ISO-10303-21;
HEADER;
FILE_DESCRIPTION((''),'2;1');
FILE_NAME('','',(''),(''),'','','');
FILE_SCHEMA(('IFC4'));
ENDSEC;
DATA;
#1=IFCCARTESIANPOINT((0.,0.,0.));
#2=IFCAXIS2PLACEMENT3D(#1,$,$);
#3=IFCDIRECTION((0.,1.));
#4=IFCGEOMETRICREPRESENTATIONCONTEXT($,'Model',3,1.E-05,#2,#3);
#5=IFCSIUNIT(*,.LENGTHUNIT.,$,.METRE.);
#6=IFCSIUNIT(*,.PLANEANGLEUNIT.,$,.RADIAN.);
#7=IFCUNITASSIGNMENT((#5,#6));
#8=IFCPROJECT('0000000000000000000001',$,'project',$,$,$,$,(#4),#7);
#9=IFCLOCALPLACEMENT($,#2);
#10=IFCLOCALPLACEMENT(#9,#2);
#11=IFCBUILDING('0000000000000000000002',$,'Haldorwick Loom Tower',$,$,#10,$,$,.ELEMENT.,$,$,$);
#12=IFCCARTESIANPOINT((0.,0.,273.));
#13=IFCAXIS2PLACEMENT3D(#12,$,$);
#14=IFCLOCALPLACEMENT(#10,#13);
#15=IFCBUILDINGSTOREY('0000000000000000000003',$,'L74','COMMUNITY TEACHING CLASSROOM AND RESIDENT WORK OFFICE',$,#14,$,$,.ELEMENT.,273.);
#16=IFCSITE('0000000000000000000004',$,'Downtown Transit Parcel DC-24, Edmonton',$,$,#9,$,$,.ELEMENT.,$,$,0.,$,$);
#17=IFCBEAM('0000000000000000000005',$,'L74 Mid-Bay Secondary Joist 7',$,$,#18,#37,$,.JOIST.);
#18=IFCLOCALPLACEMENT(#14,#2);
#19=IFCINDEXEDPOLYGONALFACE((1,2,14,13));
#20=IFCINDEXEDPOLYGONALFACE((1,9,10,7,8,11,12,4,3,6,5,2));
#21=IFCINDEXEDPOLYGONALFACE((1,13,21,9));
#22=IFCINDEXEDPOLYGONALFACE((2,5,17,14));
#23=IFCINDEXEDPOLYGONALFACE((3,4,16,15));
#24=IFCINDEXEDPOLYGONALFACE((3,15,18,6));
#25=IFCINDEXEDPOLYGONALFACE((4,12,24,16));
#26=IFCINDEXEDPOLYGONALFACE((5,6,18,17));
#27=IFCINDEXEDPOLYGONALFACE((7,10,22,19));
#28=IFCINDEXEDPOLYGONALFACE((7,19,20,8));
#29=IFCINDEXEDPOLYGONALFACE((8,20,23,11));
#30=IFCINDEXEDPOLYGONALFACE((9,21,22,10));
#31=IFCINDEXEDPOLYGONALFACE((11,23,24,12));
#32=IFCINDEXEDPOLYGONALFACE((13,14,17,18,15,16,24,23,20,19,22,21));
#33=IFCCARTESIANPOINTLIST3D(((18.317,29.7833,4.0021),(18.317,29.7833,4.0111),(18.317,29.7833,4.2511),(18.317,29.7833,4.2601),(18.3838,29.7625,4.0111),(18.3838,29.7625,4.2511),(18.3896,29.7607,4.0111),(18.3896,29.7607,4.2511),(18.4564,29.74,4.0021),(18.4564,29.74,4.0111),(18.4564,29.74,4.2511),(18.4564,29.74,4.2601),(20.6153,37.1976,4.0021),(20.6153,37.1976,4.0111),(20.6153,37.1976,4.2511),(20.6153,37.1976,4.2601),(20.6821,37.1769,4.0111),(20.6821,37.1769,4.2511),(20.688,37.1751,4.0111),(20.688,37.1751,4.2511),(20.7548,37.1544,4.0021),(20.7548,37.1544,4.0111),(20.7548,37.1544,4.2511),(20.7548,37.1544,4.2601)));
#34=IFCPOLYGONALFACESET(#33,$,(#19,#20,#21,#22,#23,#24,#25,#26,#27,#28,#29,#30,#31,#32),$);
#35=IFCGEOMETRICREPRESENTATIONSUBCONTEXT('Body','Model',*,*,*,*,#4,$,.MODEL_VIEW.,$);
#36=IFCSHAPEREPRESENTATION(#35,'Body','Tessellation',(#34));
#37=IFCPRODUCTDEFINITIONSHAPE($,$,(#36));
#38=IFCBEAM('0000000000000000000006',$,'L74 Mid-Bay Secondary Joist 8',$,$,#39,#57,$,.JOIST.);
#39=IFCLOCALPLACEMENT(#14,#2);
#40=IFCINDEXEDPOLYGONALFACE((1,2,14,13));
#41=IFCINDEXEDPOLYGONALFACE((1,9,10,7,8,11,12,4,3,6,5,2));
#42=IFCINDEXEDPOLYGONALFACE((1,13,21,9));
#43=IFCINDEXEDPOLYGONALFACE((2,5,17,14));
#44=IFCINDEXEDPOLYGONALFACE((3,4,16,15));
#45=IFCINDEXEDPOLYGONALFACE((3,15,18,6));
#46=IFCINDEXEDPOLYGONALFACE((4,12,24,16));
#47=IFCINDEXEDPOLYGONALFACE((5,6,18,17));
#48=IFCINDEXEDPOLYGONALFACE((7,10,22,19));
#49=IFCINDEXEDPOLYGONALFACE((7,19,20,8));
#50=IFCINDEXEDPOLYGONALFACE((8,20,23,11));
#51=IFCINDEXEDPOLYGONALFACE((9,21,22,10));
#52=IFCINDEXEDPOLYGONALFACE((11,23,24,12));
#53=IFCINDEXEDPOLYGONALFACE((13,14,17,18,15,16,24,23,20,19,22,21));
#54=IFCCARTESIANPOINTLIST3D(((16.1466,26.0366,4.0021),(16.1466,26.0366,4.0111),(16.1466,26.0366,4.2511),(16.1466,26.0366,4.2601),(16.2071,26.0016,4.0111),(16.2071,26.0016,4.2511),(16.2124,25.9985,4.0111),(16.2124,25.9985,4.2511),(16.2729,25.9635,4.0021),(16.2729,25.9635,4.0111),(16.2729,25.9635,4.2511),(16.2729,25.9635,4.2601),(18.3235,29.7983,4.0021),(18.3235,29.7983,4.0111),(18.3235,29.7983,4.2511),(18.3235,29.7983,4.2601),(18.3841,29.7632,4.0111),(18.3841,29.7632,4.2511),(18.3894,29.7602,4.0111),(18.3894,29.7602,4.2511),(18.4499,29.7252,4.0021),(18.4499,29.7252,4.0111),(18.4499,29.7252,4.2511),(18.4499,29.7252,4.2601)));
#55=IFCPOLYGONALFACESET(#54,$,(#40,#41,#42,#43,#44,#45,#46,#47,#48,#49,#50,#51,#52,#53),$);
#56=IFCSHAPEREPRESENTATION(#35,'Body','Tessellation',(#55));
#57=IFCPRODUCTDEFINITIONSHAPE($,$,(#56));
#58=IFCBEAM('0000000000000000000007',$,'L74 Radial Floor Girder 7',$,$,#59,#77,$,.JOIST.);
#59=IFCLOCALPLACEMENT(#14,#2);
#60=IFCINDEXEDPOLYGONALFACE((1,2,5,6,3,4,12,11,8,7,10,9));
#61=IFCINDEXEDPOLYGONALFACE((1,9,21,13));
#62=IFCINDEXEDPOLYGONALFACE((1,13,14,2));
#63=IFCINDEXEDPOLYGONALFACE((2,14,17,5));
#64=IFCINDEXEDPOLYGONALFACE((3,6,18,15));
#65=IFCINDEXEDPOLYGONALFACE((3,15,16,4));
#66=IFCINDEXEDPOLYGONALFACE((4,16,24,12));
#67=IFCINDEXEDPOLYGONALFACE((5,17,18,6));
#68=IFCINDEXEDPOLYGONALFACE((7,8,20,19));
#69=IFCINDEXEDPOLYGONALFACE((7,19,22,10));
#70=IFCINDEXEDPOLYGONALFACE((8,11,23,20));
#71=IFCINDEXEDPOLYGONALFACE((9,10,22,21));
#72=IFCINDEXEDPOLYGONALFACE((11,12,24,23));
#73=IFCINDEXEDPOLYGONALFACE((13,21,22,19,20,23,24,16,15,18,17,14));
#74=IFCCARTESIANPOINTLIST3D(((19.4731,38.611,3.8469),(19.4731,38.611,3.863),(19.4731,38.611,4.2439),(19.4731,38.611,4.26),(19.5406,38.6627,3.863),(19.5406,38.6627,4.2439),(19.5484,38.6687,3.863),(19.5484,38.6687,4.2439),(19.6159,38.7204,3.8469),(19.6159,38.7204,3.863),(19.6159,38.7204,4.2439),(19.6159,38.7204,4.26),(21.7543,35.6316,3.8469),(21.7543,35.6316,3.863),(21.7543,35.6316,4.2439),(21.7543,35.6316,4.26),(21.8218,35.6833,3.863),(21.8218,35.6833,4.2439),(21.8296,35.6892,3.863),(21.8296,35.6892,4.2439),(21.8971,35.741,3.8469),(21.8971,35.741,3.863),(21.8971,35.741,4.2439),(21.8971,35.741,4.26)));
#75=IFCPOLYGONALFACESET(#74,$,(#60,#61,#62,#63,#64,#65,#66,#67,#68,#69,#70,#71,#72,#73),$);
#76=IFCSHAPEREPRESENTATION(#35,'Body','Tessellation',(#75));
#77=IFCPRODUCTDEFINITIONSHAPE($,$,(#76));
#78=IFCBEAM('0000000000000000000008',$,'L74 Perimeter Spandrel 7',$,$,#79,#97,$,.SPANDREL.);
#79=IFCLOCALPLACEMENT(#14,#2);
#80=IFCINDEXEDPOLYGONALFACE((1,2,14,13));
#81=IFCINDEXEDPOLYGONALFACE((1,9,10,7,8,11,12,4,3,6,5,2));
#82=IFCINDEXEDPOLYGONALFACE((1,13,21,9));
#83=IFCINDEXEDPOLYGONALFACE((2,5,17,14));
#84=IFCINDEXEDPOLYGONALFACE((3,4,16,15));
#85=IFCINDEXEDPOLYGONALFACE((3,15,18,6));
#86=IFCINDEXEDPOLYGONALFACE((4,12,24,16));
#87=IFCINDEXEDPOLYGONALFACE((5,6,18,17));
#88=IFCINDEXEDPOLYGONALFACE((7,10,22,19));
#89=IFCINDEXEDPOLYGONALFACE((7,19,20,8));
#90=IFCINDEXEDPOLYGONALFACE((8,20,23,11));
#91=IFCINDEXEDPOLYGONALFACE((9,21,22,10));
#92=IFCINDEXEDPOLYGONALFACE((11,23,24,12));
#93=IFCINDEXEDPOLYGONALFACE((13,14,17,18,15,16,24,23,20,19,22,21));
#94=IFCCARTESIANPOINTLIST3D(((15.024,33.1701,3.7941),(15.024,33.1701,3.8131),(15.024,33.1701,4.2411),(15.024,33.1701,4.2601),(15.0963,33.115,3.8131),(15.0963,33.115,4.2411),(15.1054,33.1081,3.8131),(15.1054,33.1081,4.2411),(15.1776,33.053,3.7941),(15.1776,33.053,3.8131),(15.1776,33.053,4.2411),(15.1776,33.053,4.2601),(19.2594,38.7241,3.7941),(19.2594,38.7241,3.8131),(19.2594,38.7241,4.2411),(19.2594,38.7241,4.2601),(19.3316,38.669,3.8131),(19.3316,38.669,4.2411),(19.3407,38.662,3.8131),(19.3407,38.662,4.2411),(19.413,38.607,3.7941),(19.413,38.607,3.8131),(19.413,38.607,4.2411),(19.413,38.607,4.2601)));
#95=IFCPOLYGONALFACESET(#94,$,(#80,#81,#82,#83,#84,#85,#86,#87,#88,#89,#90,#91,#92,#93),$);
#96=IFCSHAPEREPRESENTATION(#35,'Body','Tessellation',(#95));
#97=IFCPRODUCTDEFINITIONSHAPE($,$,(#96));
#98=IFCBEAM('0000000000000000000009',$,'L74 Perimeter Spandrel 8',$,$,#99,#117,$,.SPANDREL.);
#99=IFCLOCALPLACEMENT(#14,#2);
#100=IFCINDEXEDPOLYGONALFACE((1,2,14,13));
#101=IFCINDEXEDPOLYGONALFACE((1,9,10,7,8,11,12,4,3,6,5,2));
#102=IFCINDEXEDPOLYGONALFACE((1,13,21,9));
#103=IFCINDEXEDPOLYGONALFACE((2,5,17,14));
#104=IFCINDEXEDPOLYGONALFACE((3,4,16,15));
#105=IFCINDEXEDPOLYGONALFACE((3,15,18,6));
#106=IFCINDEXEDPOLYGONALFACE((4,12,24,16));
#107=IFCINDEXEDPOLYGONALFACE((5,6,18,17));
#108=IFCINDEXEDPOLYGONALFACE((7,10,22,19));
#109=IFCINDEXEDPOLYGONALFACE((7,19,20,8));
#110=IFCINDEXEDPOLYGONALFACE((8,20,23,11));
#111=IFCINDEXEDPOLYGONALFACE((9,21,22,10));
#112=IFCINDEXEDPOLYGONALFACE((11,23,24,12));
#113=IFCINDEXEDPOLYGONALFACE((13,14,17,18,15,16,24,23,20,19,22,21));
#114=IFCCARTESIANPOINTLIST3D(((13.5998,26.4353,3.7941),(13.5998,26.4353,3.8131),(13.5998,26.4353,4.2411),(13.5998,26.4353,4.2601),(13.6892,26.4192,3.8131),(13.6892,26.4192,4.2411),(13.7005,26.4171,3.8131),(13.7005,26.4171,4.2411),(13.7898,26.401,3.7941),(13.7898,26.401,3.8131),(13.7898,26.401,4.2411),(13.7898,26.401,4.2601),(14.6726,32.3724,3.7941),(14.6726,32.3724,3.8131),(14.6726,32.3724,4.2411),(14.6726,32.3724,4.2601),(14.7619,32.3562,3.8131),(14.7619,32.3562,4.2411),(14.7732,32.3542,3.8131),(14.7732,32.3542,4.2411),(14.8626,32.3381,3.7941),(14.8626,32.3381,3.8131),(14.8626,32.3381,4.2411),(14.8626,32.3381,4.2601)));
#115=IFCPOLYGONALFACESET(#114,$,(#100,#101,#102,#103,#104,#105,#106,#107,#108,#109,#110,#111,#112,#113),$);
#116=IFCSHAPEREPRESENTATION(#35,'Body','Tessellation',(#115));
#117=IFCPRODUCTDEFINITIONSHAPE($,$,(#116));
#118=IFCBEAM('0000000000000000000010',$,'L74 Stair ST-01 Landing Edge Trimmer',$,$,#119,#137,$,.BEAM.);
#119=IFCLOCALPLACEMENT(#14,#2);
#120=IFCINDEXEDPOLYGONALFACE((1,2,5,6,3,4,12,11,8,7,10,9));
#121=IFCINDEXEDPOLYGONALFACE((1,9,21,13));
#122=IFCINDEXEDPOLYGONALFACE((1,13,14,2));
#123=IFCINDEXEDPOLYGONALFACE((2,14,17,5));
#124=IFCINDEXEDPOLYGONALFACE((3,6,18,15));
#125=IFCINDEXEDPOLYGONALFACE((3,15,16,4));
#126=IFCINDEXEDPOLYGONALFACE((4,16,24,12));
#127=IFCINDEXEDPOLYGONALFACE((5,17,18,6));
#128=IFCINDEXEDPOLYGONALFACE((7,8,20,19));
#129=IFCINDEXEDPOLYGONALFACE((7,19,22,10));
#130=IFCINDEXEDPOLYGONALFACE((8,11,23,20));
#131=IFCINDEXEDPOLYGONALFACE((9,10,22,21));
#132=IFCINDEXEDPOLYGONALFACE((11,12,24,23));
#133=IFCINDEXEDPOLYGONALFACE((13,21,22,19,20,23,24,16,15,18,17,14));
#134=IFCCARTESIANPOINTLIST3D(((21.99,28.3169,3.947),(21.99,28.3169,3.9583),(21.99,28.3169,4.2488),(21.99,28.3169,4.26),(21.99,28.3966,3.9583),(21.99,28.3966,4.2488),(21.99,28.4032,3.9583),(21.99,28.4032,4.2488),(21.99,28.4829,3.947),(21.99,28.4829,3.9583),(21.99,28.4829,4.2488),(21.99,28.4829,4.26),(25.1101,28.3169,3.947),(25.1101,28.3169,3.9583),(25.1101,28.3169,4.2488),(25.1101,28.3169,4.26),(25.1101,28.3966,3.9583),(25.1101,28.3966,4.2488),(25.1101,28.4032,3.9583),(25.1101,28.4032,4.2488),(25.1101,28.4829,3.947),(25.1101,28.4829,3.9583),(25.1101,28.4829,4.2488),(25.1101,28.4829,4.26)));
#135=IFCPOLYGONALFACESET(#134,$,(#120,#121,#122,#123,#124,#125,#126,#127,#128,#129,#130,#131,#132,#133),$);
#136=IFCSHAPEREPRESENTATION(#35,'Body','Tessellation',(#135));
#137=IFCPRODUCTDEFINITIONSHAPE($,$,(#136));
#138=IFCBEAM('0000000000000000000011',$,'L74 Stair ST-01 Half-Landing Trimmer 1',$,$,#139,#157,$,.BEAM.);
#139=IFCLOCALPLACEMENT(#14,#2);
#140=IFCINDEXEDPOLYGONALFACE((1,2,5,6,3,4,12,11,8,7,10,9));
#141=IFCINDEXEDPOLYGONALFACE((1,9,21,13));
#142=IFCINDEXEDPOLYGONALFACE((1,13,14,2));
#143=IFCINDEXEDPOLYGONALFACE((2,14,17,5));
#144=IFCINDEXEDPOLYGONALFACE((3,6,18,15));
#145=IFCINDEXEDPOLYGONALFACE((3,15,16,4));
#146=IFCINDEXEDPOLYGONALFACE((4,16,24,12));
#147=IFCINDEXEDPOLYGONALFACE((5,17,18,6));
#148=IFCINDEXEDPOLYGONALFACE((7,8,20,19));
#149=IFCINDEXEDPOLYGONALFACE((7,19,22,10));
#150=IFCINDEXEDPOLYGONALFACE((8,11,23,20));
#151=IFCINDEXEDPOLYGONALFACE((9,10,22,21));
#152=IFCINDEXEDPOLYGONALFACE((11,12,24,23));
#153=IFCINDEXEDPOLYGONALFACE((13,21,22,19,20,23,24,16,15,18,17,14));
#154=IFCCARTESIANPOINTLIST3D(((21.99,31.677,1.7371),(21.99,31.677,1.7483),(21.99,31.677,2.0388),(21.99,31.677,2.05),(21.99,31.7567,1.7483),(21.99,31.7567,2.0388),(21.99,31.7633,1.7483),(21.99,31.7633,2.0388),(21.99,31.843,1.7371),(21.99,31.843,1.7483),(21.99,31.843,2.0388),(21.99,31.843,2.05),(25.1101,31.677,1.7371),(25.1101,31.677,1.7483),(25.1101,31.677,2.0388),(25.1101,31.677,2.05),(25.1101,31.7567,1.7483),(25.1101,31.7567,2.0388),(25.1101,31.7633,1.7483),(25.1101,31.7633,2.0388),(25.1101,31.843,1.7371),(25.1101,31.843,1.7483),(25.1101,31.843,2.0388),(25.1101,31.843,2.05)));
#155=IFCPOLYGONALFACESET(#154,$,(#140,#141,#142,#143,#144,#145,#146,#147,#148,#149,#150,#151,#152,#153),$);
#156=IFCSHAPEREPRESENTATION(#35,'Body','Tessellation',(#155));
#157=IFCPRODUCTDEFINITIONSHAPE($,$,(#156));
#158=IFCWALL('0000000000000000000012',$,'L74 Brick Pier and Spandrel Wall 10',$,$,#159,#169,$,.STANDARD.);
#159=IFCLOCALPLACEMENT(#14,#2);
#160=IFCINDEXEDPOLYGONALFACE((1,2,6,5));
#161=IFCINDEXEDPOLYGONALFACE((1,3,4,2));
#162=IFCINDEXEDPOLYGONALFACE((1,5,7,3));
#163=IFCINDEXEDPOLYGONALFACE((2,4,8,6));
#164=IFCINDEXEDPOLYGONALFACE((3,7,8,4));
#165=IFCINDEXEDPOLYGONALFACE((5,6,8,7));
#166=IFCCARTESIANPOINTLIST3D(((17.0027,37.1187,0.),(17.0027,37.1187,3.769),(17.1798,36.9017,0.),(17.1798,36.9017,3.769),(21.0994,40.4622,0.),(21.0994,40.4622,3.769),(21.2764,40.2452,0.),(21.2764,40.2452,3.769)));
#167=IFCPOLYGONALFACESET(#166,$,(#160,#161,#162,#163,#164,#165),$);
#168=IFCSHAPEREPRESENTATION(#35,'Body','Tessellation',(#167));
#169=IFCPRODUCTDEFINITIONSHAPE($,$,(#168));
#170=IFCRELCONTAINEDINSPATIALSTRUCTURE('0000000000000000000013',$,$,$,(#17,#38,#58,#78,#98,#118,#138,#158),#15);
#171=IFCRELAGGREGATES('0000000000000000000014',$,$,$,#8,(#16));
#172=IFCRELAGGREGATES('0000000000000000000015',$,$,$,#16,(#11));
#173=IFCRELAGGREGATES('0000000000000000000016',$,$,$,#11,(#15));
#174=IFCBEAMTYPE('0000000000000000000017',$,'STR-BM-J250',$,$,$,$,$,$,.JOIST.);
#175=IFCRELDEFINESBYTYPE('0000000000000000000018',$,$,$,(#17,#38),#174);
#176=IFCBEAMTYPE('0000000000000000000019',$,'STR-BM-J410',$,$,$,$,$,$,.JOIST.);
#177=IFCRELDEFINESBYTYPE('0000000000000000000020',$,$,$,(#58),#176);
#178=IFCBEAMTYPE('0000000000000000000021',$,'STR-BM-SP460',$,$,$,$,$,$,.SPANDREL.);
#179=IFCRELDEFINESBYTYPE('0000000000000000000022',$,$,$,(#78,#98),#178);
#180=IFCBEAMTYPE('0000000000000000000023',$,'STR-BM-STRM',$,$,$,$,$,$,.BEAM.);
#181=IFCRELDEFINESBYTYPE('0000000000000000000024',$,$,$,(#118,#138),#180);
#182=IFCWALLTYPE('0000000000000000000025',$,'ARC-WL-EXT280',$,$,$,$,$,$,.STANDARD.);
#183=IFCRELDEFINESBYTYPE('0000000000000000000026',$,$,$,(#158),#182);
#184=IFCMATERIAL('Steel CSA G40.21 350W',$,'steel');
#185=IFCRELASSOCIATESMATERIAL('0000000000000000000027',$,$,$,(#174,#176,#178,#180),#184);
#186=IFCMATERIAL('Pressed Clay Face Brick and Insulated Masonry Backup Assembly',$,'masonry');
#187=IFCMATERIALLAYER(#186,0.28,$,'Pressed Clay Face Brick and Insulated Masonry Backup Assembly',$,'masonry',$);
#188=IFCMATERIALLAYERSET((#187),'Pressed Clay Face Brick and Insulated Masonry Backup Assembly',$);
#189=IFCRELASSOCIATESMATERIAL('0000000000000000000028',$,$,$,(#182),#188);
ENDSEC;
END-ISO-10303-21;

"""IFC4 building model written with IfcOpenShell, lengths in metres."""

from ifc_helpers import new_model, si_unit, direction, frame, frame_2d, origin, origin_2d, place, context, subcontext, project, spatial, rectangle, i_section, extrude, material, layer, layer_set, material_profile, profile_set, type_object, element, save


model = new_model("IFC4")

# Units and contexts
model_context = context("Model", 3, precision=1e-05, world=origin(), true_north=direction((0.0, 1.0)))
body_context = subcontext(model_context, "Body", "Model", "MODEL_VIEW")
ifc_project = project(units=[si_unit("LENGTHUNIT", "METRE"), si_unit("PLANEANGLEUNIT", "RADIAN")], contexts=[model_context])

# Site, building, storey
site_placement = place(None, origin())
site = spatial("IfcSite", under=ifc_project, at=site_placement, Name="Downtown Transit Parcel DC-24, Edmonton", CompositionType="ELEMENT", RefElevation=0.0)
building_placement = place(site_placement, origin())
building = spatial("IfcBuilding", under=site, at=building_placement, Name="Haldorwick Loom Tower", CompositionType="ELEMENT")
storey_placement = place(building_placement, frame((0.0, 0.0, 273.0)))
storey = spatial("IfcBuildingStorey", under=building, at=storey_placement, Name="L74", Description="COMMUNITY TEACHING CLASSROOM AND RESIDENT WORK OFFICE", CompositionType="ELEMENT", Elevation=273.0)

# Shared definitions
ifc_material_1 = material(Name="Steel CSA G40.21 350W", Category="steel")

# Beams
ifc_material_profile_1 = material_profile(ifc_material_1, i_section(OverallWidth=0.146, OverallDepth=0.2581, WebThickness=0.0061, FlangeThickness=0.009, at=origin_2d()), Name="W250X33", Category="steel")
ifc_profile_set_1 = profile_set([ifc_material_profile_1], Name="Steel CSA G40.21 350W")
beam_type_1 = type_object("IfcBeamType", Name="STR-BM-J250", PredefinedType="JOIST", material=ifc_profile_set_1)
beam_1_placement = place(storey_placement, frame((20.6851, 37.176, 4.1311), z_axis=(-0.296088, -0.955161, 0.0), x_axis=(0.955161, -0.296088, 0.0)))
element("IfcBeam", 1, at=beam_1_placement, inside=storey, type_object=beam_type_1, Name="L74 Mid-Bay Secondary Joist 7", PredefinedType="JOIST", context=body_context, shape_type="SweptSolid", body=[
    extrude(i_section(OverallWidth=0.146, OverallDepth=0.2581, WebThickness=0.0061, FlangeThickness=0.009, at=origin_2d()), origin(), (0.0, 0.0, 1.0), 7.7625),
])
beam_2_placement = place(storey_placement, frame((18.3867, 29.7617, 4.1311), z_axis=(-0.500892, -0.86551, 0.0), x_axis=(0.86551, -0.500892, 0.0)))
element("IfcBeam", 2, at=beam_2_placement, inside=storey, type_object=beam_type_1, Name="L74 Mid-Bay Secondary Joist 8", PredefinedType="JOIST", context=body_context, shape_type="SweptSolid", body=[
    extrude(i_section(OverallWidth=0.146, OverallDepth=0.2581, WebThickness=0.0061, FlangeThickness=0.009, at=origin_2d()), origin(), (0.0, 0.0, 1.0), 4.3462),
])
ifc_material_profile_2 = material_profile(ifc_material_1, i_section(OverallWidth=0.1799, OverallDepth=0.4131, WebThickness=0.0098, FlangeThickness=0.0161, at=origin_2d()), Name="W410X74", Category="steel")
ifc_profile_set_2 = profile_set([ifc_material_profile_2], Name="Steel CSA G40.21 350W")
beam_type_2 = type_object("IfcBeamType", Name="STR-BM-J410", PredefinedType="JOIST", material=ifc_profile_set_2)
beam_3_placement = place(storey_placement, frame((21.8257, 35.6863, 4.0535), z_axis=(-0.607923, 0.793996, 0.0), x_axis=(-0.793996, -0.607923, 0.0)))
element("IfcBeam", 3, at=beam_3_placement, inside=storey, type_object=beam_type_2, Name="L74 Radial Floor Girder 7", PredefinedType="JOIST", context=body_context, shape_type="SweptSolid", body=[
    extrude(i_section(OverallWidth=0.1799, OverallDepth=0.4131, WebThickness=0.0098, FlangeThickness=0.0161, at=origin_2d()), origin(), (0.0, 0.0, 1.0), 3.7524),
])
ifc_material_profile_3 = material_profile(ifc_material_1, i_section(OverallWidth=0.1931, OverallDepth=0.4661, WebThickness=0.0115, FlangeThickness=0.019, at=origin_2d()), Name="W460X97", Category="steel")
ifc_profile_set_3 = profile_set([ifc_material_profile_3], Name="Steel CSA G40.21 350W")
beam_type_3 = type_object("IfcBeamType", Name="STR-BM-SP460", PredefinedType="SPANDREL", material=ifc_profile_set_3)
beam_4_placement = place(storey_placement, frame((19.3362, 38.6655, 4.0271), z_axis=(-0.606384, -0.795172, 0.0), x_axis=(0.795172, -0.606384, 0.0)))
element("IfcBeam", 4, at=beam_4_placement, inside=storey, type_object=beam_type_3, Name="L74 Perimeter Spandrel 7", PredefinedType="SPANDREL", context=body_context, shape_type="SweptSolid", body=[
    extrude(i_section(OverallWidth=0.1931, OverallDepth=0.4661, WebThickness=0.0115, FlangeThickness=0.019, at=origin_2d()), origin(), (0.0, 0.0, 1.0), 6.9846),
])
beam_5_placement = place(storey_placement, frame((14.7676, 32.3552, 4.0271), z_axis=(-0.17781, -0.984065, 0.0), x_axis=(0.984065, -0.17781, 0.0)))
element("IfcBeam", 5, at=beam_5_placement, inside=storey, type_object=beam_type_3, Name="L74 Perimeter Spandrel 8", PredefinedType="SPANDREL", context=body_context, shape_type="SweptSolid", body=[
    extrude(i_section(OverallWidth=0.1931, OverallDepth=0.4661, WebThickness=0.0115, FlangeThickness=0.019, at=origin_2d()), origin(), (0.0, 0.0, 1.0), 6.0332),
])
ifc_material_profile_4 = material_profile(ifc_material_1, i_section(OverallWidth=0.166, OverallDepth=0.313, WebThickness=0.0066, FlangeThickness=0.0112, at=origin_2d()), Name="W310X45", Category="steel")
ifc_profile_set_4 = profile_set([ifc_material_profile_4], Name="Steel CSA G40.21 350W")
beam_type_4 = type_object("IfcBeamType", Name="STR-BM-STRM", PredefinedType="BEAM", material=ifc_profile_set_4)
for number, where, z_axis, x_axis, name in (
    (6, (21.99, 28.3999, 4.1035), (1.0, 0.0, 0.0), (0.0, 1.0, 0.0), "L74 Stair ST-01 Landing Edge Trimmer"),
    (7, (21.99, 31.76, 1.8936), (1.0, 0.0, 0.0), (0.0, 1.0, 0.0), "L74 Stair ST-01 Half-Landing Trimmer 1"),
):
    element("IfcBeam", number, at=place(storey_placement, frame(where, z_axis=z_axis, x_axis=x_axis)), inside=storey, type_object=beam_type_4, Name=name, PredefinedType="BEAM", context=body_context, shape_type="SweptSolid", body=[
        extrude(i_section(OverallWidth=0.166, OverallDepth=0.313, WebThickness=0.0066, FlangeThickness=0.0112, at=origin_2d()), origin(), (0.0, 0.0, 1.0), 3.1201),
    ])

# Wall
ifc_material_2 = material(Name="Pressed Clay Face Brick and Insulated Masonry Backup Assembly", Category="masonry")
ifc_layer_1 = layer(ifc_material_2, 0.28, Name="Pressed Clay Face Brick and Insulated Masonry Backup Assembly", Category="masonry")
ifc_layer_set_1 = layer_set([ifc_layer_1], Name="Pressed Clay Face Brick and Insulated Masonry Backup Assembly")
wall_type_1 = type_object("IfcWallType", Name="ARC-WL-EXT280", PredefinedType="STANDARD", material=ifc_layer_set_1)
wall_1_placement = place(storey_placement, frame((21.188, 40.3538, 0.0), z_axis=(0.0, 0.0, 1.0), x_axis=(-0.774728, -0.632294, 0.0)))
element("IfcWall", 8, at=wall_1_placement, inside=storey, type_object=wall_type_1, Name="L74 Brick Pier and Spandrel Wall 10", PredefinedType="STANDARD", context=body_context, shape_type="SweptSolid", body=[
    extrude(rectangle(XDim=5.2878, YDim=0.28, at=frame_2d((2.644, 0.0))), origin(), (0.0, 0.0, 1.0), 3.769),
])

save(model, "model.ifc")
